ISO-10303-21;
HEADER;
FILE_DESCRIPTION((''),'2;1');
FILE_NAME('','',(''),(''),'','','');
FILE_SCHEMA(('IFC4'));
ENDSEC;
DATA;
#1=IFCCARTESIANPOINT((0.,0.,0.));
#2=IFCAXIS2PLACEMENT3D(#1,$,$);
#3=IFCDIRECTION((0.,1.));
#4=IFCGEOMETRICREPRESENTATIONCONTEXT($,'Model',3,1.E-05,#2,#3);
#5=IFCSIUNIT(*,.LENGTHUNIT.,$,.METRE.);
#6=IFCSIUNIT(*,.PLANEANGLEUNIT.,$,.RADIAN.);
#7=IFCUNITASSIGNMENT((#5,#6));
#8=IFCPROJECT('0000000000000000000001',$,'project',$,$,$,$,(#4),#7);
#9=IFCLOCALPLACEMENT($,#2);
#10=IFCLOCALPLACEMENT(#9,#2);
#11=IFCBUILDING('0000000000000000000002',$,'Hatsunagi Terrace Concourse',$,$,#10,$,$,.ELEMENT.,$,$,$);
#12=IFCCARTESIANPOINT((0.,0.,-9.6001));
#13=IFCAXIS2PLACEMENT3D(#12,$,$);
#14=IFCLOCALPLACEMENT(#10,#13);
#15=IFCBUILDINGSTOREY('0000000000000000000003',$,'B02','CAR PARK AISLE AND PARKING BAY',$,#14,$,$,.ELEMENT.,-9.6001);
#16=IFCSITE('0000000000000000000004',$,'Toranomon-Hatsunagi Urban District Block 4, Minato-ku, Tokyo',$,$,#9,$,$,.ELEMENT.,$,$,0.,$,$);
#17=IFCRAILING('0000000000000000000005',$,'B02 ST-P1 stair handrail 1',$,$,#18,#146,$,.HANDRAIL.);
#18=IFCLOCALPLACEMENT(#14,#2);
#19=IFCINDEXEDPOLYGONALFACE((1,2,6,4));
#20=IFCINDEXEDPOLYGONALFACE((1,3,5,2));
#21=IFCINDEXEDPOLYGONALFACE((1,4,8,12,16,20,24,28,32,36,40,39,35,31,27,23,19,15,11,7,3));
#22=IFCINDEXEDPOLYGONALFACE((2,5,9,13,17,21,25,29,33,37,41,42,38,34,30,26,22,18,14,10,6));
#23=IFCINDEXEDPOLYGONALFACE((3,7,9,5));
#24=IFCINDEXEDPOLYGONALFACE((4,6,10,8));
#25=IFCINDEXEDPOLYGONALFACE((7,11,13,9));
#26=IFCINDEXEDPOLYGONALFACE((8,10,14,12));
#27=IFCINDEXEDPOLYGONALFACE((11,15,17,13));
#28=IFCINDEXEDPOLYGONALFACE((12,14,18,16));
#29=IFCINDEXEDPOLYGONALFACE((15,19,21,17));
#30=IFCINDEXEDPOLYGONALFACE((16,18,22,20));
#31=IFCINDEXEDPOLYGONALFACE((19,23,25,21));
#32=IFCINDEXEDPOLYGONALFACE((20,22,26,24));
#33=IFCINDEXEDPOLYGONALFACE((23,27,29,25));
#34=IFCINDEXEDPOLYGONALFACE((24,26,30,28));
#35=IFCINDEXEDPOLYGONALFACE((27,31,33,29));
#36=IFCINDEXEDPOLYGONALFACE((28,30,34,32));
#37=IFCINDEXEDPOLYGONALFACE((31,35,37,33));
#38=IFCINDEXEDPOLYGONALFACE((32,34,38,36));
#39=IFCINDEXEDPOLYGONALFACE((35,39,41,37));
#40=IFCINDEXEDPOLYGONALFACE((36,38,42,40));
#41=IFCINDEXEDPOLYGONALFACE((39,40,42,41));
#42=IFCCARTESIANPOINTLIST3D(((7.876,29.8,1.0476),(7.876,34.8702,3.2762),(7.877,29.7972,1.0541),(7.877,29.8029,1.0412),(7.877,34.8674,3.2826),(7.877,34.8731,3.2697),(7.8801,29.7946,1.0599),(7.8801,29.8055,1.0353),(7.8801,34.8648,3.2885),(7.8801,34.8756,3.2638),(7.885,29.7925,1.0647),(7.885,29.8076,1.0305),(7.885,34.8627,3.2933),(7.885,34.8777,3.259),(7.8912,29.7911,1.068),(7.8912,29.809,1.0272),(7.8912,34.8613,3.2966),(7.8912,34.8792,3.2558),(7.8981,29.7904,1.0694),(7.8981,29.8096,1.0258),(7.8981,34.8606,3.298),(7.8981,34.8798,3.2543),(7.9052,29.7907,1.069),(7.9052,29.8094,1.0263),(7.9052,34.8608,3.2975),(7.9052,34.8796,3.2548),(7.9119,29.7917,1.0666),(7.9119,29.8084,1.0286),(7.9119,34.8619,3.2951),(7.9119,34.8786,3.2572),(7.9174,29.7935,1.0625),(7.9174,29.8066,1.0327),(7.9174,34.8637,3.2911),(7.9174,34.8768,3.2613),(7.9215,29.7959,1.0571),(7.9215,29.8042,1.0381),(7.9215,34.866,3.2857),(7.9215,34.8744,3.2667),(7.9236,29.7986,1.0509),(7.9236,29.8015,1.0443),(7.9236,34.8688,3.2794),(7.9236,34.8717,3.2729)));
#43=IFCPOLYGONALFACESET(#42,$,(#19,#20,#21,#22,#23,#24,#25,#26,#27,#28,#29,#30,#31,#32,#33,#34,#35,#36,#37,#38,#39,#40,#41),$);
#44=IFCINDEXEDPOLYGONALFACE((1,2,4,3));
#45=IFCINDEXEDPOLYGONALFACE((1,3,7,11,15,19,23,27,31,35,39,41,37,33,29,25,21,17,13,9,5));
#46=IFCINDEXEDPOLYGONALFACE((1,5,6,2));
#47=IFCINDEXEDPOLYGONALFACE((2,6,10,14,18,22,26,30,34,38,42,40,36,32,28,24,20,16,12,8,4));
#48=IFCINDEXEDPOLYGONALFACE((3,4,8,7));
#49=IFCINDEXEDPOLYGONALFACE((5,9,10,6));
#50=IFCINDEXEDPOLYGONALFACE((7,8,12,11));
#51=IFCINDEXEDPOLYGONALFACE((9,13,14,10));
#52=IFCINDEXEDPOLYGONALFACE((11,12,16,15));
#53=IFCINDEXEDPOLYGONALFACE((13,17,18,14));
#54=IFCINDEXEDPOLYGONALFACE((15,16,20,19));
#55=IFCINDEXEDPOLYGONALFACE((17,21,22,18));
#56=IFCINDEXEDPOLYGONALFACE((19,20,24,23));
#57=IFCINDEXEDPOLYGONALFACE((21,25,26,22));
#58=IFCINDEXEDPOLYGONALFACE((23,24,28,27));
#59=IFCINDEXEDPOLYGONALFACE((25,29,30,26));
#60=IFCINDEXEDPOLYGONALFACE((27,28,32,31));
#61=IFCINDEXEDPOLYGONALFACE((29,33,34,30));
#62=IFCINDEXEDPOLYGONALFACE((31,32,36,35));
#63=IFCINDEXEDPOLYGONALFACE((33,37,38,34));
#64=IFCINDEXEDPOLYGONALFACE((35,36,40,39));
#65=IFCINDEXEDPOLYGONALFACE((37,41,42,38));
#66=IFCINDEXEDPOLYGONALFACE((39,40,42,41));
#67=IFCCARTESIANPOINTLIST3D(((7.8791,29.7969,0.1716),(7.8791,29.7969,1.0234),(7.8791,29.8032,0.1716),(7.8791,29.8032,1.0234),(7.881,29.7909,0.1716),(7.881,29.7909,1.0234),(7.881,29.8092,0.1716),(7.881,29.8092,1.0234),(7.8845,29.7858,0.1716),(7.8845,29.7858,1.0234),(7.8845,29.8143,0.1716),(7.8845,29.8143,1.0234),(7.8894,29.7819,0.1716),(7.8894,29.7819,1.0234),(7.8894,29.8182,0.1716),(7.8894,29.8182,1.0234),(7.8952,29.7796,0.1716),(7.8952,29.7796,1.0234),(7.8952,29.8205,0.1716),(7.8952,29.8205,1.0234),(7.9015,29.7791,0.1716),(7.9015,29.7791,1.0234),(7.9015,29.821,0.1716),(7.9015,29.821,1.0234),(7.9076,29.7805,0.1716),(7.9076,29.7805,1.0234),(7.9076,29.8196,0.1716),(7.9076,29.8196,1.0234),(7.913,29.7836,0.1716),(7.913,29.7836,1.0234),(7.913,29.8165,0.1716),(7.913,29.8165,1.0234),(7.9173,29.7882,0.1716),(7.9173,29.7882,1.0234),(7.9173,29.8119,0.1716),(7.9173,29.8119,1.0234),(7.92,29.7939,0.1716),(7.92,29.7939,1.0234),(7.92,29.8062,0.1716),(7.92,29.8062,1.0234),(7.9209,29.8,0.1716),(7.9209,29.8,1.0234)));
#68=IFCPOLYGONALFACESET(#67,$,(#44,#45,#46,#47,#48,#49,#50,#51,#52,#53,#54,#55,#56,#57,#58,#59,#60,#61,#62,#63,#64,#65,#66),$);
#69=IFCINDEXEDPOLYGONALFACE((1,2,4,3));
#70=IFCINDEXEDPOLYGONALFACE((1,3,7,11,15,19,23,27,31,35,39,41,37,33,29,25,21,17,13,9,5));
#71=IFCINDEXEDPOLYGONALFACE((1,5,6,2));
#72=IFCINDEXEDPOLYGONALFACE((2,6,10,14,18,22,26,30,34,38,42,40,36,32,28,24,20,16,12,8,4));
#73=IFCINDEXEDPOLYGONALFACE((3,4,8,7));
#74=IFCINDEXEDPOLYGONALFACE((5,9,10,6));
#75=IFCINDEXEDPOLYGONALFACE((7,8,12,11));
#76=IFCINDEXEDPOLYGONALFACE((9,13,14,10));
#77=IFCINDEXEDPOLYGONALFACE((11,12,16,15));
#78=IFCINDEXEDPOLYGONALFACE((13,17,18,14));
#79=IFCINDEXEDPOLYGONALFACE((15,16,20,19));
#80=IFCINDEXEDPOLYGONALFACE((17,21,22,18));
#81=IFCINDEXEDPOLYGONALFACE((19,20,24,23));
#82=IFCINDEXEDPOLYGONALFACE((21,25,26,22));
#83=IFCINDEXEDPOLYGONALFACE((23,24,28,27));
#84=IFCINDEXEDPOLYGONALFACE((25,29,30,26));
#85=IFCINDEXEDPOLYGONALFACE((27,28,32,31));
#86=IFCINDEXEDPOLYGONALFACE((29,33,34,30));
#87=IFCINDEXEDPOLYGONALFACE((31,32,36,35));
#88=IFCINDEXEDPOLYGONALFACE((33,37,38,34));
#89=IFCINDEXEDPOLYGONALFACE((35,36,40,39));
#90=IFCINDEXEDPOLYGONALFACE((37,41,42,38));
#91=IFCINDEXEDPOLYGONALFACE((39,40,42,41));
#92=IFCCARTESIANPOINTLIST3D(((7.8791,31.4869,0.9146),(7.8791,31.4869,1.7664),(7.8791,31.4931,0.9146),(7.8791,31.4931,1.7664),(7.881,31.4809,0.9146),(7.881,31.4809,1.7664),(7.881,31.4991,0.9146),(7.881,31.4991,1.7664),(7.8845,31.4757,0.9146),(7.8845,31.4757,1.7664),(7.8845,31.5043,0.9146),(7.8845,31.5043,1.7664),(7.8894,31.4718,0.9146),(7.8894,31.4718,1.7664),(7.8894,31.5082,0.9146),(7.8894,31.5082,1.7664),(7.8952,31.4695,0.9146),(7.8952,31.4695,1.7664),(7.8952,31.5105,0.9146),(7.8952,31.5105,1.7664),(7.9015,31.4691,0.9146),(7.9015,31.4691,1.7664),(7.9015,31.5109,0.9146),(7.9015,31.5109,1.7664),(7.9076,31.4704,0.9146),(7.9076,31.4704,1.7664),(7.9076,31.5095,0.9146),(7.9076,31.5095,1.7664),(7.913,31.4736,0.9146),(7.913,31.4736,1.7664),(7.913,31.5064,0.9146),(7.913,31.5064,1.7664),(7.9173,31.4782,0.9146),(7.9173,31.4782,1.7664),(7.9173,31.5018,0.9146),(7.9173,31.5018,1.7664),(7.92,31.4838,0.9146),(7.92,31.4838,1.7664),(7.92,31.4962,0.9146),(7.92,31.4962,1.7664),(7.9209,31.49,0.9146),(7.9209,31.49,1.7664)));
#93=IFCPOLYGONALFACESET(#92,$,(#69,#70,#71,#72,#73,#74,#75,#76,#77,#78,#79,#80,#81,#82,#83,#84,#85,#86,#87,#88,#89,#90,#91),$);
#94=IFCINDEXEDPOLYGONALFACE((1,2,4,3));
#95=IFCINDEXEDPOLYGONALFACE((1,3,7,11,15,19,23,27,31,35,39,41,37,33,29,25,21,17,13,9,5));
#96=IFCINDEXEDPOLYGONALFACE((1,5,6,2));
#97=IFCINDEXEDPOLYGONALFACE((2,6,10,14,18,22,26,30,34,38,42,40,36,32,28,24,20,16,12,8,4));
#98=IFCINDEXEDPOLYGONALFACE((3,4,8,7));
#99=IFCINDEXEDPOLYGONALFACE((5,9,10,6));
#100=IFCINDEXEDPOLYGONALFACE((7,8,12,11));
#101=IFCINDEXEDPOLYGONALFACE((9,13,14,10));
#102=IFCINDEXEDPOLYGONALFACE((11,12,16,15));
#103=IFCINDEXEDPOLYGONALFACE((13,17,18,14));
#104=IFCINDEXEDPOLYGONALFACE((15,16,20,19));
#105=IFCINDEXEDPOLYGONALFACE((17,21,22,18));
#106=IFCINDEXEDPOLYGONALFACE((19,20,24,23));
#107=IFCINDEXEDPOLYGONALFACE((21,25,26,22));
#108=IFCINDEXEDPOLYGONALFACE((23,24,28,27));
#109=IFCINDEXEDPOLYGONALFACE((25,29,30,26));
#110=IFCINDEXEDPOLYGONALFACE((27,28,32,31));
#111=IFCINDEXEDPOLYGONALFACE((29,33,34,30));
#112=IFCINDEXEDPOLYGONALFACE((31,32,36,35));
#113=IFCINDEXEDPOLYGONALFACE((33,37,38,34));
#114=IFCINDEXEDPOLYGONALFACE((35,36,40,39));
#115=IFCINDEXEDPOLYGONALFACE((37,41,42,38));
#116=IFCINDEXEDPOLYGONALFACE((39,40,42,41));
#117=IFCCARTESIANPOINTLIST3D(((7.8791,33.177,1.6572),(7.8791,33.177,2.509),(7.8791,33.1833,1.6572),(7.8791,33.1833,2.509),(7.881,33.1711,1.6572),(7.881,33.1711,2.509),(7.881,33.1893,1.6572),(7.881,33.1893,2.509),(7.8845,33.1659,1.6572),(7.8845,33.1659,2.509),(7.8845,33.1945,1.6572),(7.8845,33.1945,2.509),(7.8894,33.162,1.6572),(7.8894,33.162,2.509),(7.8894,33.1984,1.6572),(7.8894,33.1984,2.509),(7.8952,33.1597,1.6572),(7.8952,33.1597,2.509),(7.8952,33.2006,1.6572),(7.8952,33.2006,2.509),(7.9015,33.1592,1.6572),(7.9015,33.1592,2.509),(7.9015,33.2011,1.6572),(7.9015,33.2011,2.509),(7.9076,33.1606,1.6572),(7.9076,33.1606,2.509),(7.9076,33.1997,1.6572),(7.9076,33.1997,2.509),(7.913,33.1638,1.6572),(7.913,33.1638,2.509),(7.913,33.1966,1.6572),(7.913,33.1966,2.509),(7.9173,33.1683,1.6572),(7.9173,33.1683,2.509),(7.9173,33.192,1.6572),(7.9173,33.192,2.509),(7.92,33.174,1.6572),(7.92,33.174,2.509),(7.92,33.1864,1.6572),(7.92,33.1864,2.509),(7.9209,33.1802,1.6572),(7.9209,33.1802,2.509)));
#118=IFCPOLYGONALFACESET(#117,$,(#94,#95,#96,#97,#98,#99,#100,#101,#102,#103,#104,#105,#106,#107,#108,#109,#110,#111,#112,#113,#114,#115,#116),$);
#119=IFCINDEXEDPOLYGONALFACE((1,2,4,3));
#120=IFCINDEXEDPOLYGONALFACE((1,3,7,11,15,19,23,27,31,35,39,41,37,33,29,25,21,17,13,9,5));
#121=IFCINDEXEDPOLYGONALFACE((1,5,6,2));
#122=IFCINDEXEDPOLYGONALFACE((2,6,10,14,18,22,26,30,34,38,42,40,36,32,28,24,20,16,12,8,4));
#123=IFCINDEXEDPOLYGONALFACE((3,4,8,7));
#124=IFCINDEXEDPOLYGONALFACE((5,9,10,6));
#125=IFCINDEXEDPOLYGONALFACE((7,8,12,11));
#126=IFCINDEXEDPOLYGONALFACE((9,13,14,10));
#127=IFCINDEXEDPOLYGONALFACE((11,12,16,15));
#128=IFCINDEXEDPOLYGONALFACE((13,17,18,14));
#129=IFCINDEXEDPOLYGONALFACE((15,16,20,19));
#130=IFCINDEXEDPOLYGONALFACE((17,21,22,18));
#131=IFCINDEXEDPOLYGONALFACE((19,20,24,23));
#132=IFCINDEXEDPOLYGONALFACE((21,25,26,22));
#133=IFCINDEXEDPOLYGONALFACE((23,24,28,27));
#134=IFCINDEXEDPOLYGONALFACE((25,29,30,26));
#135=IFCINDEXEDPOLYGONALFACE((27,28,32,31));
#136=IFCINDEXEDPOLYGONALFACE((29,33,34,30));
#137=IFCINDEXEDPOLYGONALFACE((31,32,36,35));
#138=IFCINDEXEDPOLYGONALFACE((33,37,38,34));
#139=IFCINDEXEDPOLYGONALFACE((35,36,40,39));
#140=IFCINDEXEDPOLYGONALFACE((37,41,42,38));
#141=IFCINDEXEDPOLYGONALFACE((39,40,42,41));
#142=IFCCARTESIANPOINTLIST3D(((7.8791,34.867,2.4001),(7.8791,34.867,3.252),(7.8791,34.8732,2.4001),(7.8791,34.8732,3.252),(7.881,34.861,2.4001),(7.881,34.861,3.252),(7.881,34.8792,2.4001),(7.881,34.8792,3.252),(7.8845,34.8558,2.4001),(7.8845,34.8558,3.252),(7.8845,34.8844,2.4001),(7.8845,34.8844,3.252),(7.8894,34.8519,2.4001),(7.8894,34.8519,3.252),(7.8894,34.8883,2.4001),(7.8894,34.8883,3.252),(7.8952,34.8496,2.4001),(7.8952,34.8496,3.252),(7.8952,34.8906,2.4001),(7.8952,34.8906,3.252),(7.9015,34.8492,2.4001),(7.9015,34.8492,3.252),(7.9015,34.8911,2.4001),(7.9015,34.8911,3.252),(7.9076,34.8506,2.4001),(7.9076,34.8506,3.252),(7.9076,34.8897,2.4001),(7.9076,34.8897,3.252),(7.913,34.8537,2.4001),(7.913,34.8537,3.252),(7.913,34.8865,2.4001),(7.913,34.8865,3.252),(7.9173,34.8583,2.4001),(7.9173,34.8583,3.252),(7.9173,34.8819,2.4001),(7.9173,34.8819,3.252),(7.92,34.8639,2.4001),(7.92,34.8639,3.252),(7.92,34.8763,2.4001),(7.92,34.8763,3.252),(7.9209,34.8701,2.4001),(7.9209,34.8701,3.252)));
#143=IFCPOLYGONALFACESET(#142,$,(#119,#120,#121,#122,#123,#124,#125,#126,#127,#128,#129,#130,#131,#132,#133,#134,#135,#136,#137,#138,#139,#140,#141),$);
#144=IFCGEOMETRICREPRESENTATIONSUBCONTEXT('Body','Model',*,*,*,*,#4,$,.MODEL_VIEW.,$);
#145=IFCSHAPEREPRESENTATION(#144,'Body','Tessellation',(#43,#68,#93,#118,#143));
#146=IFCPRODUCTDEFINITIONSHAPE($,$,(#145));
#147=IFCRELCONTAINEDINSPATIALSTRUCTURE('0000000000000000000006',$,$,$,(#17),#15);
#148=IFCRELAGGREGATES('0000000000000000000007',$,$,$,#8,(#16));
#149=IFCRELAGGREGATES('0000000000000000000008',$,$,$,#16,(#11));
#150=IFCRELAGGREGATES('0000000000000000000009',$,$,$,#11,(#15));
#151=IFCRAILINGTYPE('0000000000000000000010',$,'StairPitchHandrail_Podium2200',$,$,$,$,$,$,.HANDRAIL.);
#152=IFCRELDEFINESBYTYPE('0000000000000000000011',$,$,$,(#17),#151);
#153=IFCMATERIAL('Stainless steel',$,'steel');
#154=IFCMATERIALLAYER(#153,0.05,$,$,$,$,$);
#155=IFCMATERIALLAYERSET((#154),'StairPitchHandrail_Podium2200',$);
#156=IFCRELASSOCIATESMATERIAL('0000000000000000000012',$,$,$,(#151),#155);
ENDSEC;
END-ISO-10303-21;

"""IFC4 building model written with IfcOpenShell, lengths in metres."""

from ifc_helpers import new_model, si_unit, direction, frame, origin, origin_2d, place, context, subcontext, project, spatial, circle, extrude, material, layer, layer_set, type_object, element, save


model = new_model("IFC4")

# Units and contexts
model_context = context("Model", 3, precision=1e-05, world=origin(), true_north=direction((0.0, 1.0)))
body_context = subcontext(model_context, "Body", "Model", "MODEL_VIEW")
ifc_project = project(units=[si_unit("LENGTHUNIT", "METRE"), si_unit("PLANEANGLEUNIT", "RADIAN")], contexts=[model_context])

# Site, building, storey
site_placement = place(None, origin())
site = spatial("IfcSite", under=ifc_project, at=site_placement, Name="Toranomon-Hatsunagi Urban District Block 4, Minato-ku, Tokyo", CompositionType="ELEMENT", RefElevation=0.0)
building_placement = place(site_placement, origin())
building = spatial("IfcBuilding", under=site, at=building_placement, Name="Hatsunagi Terrace Concourse", CompositionType="ELEMENT")
storey_placement = place(building_placement, frame((0.0, 0.0, -9.6001)))
storey = spatial("IfcBuildingStorey", under=building, at=storey_placement, Name="B02", Description="CAR PARK AISLE AND PARKING BAY", CompositionType="ELEMENT", Elevation=-9.6001)

# Railing
ifc_material_1 = material(Name="Stainless steel", Category="steel")
ifc_layer_1 = layer(ifc_material_1, 0.05)
ifc_layer_set_1 = layer_set([ifc_layer_1], Name="StairPitchHandrail_Podium2200")
railing_type_1 = type_object("IfcRailingType", Name="StairPitchHandrail_Podium2200", PredefinedType="HANDRAIL", material=ifc_layer_set_1)
railing_1_placement = place(storey_placement, frame((7.8999, 29.8, 0.1716)))
element("IfcRailing", 1, at=railing_1_placement, inside=storey, type_object=railing_type_1, Name="B02 ST-P1 stair handrail 1", PredefinedType="HANDRAIL", context=body_context, shape_type="SweptSolid", body=[
    extrude(circle(Radius=0.0239, at=origin_2d()), frame((0.0, 0.0, 0.876), z_axis=(0.0, 0.915469, 0.402388), x_axis=(-1.0, 0.0, 0.0)), (0.0, 0.0, 1.0), 5.5383),
    extrude(circle(Radius=0.021, at=origin_2d()), origin(), (0.0, 0.0, 1.0), 0.8518),
    extrude(circle(Radius=0.021, at=origin_2d()), frame((0.0, 1.6899, 0.7429)), (0.0, 0.0, 1.0), 0.8518),
    extrude(circle(Radius=0.021, at=origin_2d()), frame((0.0, 3.3801, 1.4856)), (0.0, 0.0, 1.0), 0.8518),
    extrude(circle(Radius=0.021, at=origin_2d()), frame((0.0, 5.0701, 2.2285)), (0.0, 0.0, 1.0), 0.8518),
])

save(model, "model.ifc")
